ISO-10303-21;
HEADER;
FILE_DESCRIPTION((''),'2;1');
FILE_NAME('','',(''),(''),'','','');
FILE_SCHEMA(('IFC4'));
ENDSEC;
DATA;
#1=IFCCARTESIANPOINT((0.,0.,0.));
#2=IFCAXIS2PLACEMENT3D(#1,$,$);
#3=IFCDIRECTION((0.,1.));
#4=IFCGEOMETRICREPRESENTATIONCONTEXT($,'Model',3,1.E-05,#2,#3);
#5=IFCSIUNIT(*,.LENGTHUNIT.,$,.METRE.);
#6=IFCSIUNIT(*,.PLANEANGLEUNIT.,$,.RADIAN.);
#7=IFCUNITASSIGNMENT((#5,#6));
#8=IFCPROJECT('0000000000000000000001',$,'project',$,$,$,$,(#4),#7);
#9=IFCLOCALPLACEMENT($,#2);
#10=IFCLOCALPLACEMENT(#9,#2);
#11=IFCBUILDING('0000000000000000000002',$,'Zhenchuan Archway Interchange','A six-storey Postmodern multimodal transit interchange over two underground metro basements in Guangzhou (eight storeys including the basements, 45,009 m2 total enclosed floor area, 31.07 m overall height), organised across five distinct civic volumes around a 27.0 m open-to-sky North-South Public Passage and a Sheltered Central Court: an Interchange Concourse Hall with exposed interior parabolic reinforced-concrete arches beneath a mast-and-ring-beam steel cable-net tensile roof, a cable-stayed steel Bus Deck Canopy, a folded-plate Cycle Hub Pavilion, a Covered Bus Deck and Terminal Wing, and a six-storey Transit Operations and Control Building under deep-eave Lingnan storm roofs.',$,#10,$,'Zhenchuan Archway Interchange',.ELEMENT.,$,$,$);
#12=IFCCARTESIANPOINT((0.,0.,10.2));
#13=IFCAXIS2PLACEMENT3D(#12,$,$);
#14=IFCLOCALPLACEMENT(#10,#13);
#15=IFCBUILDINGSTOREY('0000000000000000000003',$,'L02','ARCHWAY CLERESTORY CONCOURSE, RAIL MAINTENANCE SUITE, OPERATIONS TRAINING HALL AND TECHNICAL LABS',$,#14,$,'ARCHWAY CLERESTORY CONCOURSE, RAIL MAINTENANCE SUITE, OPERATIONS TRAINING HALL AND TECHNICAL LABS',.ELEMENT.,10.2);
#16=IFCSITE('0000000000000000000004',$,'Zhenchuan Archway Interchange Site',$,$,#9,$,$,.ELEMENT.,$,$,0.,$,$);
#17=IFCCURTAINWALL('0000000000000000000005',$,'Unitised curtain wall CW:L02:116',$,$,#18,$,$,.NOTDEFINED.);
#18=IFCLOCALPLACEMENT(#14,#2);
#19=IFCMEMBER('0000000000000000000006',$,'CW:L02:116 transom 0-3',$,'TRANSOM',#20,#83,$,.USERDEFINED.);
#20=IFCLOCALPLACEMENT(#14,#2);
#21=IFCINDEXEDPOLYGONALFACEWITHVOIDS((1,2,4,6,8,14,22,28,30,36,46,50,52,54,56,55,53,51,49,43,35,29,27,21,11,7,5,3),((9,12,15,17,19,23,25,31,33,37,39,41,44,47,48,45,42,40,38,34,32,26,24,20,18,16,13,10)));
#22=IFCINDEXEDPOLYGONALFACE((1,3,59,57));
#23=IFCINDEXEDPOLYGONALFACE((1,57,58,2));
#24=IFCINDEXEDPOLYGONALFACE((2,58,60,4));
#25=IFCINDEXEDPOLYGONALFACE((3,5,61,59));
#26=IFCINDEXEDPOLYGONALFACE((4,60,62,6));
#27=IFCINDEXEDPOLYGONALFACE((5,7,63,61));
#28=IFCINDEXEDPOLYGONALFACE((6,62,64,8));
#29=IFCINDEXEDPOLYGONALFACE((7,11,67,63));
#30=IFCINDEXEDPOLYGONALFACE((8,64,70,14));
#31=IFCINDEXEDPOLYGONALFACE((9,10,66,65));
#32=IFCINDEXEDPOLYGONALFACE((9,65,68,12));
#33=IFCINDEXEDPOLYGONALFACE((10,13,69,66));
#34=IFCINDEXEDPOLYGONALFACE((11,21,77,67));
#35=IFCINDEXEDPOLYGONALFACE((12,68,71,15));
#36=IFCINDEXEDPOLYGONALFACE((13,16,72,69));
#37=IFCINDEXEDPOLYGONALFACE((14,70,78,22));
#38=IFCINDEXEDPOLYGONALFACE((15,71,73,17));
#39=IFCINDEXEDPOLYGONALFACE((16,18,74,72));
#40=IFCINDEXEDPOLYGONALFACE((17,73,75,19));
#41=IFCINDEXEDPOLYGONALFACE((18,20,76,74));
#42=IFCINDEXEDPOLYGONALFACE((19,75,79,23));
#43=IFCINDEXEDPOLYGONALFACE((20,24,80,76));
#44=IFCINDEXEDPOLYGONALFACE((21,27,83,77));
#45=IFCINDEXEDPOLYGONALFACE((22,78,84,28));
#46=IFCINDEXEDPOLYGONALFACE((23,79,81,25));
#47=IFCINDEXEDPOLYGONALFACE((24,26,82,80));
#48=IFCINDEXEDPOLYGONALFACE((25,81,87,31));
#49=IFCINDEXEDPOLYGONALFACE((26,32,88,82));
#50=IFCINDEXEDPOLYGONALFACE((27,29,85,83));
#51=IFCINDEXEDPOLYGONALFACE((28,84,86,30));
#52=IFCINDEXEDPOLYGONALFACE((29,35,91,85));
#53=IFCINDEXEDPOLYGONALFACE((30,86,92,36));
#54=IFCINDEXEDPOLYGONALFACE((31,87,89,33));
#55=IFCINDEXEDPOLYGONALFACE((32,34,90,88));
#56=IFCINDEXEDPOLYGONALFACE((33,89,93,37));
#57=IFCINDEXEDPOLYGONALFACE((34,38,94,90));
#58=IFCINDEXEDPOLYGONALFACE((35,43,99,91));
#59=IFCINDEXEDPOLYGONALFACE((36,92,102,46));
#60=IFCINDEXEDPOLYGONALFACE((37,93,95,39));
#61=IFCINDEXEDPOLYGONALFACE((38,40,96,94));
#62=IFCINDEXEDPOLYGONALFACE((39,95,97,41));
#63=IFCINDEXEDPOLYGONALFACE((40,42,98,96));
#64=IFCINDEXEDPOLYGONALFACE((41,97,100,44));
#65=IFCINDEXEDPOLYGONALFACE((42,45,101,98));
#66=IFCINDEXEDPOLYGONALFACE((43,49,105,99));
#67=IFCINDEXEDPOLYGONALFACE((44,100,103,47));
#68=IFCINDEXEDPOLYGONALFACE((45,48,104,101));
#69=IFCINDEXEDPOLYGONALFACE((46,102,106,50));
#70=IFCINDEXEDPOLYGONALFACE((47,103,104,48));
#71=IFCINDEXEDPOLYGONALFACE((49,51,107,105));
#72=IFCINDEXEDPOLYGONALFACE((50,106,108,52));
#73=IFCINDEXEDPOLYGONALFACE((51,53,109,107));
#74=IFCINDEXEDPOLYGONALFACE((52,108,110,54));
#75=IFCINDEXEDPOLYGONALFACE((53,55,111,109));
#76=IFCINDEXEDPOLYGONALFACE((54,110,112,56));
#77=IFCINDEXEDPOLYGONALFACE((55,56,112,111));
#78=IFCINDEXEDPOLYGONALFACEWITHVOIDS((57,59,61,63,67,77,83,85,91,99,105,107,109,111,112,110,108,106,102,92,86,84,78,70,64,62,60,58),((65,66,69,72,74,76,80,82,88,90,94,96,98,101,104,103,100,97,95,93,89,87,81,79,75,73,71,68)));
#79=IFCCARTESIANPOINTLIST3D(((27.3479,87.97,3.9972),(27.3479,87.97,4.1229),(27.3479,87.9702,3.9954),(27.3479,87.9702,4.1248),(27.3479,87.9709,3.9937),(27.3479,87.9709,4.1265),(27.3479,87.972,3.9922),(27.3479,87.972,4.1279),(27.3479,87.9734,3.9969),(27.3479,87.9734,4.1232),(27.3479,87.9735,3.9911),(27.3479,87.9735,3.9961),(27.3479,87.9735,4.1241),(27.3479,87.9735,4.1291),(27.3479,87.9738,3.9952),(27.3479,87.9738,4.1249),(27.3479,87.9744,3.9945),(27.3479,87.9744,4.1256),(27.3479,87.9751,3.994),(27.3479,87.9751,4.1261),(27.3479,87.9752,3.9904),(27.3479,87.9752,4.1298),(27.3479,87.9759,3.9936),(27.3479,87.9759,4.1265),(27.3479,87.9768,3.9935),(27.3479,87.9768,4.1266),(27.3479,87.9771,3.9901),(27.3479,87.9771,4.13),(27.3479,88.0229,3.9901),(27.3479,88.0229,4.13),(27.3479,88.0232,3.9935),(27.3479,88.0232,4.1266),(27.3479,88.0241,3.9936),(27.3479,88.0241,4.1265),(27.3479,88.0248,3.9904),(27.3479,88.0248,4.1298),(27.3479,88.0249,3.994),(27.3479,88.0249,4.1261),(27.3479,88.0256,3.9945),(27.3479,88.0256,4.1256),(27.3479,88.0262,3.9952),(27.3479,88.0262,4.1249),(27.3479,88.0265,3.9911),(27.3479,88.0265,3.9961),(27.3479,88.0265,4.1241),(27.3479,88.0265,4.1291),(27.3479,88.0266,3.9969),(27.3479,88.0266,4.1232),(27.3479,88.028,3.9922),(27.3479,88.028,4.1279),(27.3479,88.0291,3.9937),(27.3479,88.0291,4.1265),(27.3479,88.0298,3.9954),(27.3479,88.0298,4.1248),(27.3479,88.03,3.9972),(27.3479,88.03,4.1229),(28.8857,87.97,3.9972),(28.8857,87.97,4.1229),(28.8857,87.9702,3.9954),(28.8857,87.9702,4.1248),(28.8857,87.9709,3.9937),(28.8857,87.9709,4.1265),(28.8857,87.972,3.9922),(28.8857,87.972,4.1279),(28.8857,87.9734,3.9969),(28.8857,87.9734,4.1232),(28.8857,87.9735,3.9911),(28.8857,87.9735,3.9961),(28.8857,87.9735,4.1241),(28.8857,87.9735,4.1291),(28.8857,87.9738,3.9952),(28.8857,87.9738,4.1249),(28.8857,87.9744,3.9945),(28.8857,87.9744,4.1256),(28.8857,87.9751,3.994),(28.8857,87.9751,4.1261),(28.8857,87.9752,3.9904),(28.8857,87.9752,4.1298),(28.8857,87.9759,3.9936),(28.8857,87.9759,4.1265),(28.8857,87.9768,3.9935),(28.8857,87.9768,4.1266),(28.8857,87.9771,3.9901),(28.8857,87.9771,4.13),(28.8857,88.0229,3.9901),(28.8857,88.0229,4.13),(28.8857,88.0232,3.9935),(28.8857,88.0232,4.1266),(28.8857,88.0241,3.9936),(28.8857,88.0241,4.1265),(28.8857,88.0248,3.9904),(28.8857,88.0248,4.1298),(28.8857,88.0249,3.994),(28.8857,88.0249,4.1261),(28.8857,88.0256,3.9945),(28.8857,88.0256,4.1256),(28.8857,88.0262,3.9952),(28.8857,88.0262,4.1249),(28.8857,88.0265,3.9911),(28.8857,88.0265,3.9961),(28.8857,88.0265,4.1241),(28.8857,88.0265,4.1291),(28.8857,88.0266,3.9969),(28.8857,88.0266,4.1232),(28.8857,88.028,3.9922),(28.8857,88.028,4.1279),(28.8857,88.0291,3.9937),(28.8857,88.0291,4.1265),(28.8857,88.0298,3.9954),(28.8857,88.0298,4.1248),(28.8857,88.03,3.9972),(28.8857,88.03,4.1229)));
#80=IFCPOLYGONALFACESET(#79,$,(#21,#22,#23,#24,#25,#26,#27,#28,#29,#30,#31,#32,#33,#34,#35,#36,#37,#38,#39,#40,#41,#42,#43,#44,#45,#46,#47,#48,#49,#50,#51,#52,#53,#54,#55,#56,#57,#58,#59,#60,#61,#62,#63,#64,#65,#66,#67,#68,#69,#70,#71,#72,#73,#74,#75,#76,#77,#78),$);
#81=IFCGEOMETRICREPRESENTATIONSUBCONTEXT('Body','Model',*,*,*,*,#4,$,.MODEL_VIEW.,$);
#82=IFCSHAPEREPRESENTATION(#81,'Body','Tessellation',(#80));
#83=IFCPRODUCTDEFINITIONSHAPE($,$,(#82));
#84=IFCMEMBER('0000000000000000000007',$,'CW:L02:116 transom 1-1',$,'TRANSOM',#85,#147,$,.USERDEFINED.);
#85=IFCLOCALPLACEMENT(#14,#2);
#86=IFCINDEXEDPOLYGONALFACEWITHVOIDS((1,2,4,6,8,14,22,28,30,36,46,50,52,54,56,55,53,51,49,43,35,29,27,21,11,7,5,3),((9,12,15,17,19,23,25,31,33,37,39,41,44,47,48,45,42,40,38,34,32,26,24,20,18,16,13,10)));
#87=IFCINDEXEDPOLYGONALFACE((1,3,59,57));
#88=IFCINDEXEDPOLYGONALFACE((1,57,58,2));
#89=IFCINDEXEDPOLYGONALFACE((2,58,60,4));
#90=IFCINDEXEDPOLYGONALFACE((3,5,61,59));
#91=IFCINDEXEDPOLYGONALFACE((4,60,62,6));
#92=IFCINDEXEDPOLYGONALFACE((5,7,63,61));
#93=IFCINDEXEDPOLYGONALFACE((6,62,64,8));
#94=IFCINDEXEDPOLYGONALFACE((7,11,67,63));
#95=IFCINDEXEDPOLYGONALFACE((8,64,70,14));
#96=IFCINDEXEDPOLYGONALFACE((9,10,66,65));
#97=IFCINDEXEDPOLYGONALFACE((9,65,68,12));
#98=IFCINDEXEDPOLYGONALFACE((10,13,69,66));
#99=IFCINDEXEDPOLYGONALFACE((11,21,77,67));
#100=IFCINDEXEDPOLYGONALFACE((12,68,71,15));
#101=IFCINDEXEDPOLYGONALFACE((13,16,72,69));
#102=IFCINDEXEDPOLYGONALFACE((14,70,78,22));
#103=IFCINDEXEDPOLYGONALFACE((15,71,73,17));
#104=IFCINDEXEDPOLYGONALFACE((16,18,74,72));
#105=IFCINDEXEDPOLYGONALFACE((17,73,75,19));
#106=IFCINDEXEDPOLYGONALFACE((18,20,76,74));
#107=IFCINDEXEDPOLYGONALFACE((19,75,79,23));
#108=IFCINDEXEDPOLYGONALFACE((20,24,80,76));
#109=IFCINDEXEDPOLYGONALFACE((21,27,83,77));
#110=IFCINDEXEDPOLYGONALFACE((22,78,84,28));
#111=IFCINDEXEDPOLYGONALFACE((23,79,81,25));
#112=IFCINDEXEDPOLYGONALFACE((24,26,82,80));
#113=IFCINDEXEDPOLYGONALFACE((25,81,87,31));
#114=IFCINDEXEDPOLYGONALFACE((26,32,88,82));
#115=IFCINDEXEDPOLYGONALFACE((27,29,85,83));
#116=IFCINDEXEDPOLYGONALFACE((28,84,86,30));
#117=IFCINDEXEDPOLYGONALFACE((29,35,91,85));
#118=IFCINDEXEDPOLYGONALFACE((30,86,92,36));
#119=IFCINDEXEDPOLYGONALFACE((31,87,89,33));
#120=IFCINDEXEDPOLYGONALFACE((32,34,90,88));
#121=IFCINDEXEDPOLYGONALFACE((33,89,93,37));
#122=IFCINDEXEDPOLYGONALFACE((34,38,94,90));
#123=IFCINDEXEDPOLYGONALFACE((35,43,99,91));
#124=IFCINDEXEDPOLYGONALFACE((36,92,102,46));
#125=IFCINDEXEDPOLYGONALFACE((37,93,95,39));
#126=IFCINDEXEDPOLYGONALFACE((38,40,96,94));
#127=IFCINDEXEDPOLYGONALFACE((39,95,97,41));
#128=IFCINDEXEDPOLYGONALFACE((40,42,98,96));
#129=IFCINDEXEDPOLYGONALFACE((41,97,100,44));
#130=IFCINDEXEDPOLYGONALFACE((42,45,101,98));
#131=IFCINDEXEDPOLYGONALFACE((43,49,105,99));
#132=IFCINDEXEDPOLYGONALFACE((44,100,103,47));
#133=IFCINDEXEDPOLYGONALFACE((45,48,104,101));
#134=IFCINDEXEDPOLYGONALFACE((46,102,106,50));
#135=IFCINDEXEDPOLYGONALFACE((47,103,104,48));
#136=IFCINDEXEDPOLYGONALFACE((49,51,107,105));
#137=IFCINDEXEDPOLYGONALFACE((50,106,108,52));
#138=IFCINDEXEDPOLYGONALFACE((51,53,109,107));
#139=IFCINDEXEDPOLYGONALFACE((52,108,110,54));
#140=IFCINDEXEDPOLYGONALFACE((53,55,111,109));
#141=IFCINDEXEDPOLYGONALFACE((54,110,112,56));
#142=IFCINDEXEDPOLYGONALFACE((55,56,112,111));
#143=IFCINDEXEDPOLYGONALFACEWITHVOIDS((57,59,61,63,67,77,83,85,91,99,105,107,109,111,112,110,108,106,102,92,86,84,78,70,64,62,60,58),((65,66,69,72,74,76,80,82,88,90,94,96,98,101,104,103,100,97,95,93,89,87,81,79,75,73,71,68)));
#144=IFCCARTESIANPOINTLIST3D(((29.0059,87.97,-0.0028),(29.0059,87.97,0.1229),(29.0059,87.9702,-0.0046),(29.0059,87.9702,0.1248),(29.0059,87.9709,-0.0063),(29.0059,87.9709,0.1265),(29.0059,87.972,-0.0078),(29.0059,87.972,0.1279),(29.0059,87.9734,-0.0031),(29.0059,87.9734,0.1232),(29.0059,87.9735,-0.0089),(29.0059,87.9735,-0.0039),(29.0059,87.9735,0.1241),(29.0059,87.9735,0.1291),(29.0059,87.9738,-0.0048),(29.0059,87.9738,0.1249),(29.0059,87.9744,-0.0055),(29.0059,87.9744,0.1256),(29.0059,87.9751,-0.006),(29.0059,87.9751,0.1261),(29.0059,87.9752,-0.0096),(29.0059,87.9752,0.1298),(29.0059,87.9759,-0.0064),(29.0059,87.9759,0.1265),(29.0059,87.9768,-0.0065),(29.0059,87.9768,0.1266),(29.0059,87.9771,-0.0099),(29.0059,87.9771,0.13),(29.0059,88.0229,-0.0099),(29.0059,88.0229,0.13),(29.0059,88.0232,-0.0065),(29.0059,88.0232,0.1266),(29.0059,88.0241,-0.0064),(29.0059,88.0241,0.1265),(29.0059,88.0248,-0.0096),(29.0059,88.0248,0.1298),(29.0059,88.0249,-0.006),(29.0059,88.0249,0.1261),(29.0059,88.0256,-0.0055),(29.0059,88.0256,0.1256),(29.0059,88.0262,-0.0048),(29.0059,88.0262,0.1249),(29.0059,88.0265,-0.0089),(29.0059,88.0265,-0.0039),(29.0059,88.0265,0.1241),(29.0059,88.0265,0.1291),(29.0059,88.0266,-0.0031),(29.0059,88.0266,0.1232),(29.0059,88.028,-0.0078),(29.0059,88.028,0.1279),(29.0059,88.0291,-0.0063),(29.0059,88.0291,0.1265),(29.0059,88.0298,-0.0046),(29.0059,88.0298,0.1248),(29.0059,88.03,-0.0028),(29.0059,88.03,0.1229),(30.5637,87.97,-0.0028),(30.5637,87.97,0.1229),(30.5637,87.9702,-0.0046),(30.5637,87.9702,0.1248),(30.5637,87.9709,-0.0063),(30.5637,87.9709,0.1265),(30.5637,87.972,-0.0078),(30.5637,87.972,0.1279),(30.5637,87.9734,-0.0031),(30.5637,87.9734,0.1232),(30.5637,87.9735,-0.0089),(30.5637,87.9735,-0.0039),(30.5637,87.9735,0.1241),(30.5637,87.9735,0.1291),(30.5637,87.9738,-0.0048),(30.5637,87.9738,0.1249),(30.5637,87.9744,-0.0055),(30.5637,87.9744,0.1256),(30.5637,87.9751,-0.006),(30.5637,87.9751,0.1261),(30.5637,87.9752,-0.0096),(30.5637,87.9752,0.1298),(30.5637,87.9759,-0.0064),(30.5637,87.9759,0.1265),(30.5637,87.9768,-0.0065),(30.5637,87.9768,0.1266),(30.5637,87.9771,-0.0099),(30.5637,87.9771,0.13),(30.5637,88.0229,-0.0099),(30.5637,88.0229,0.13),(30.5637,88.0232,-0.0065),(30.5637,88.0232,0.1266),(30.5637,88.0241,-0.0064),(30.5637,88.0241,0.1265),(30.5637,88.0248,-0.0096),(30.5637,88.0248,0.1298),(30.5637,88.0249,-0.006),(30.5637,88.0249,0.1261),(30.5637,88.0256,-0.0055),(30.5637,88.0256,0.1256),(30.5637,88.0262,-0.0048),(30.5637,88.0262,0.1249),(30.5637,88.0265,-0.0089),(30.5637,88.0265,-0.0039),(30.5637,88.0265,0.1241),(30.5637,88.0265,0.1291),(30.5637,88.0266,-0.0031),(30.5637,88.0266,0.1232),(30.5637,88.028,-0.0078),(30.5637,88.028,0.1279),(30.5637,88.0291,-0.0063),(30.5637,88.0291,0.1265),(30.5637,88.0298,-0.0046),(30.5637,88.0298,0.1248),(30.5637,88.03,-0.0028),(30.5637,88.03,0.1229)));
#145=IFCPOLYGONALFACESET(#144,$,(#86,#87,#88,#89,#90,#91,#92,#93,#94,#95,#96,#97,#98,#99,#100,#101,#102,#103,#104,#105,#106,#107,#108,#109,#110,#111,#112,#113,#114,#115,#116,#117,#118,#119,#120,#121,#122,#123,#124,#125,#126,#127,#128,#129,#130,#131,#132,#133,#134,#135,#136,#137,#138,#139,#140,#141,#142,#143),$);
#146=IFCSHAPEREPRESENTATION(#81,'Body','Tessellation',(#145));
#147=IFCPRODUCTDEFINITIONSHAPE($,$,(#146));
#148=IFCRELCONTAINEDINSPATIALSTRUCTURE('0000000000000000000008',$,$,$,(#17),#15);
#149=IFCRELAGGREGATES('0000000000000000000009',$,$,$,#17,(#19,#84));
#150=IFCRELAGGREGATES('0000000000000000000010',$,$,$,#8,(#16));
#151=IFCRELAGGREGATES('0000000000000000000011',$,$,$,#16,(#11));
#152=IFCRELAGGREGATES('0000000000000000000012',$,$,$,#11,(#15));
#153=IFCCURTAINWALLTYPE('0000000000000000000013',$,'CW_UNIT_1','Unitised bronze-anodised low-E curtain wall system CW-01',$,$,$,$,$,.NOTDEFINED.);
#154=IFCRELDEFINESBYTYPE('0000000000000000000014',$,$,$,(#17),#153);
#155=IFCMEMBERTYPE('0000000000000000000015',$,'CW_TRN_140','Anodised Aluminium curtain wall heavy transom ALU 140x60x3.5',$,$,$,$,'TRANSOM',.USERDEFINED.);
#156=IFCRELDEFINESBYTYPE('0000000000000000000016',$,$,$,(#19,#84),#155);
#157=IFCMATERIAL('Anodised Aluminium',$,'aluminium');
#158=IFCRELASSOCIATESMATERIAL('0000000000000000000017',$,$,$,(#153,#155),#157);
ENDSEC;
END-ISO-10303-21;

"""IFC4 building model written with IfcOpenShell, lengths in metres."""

from ifc_helpers import new_model, si_unit, direction, frame, origin, origin_2d, place, context, subcontext, project, spatial, hollow_rectangle, extrude, material, material_profile, profile_set, type_object, element, aggregate, save


model = new_model("IFC4")

# Units and contexts
model_context = context("Model", 3, precision=1e-05, world=origin(), true_north=direction((0.0, 1.0)))
body_context = subcontext(model_context, "Body", "Model", "MODEL_VIEW")
ifc_project = project(units=[si_unit("LENGTHUNIT", "METRE"), si_unit("PLANEANGLEUNIT", "RADIAN")], contexts=[model_context])

# Site, building, storey
site_placement = place(None, origin())
site = spatial("IfcSite", under=ifc_project, at=site_placement, Name="Zhenchuan Archway Interchange Site", CompositionType="ELEMENT", RefElevation=0.0)
building_placement = place(site_placement, origin())
building = spatial("IfcBuilding", under=site, at=building_placement, Name="Zhenchuan Archway Interchange", Description="A six-storey Postmodern multimodal transit interchange over two underground metro basements in Guangzhou (eight storeys including the basements, 45,009 m2 total enclosed floor area, 31.07 m overall height), organised across five distinct civic volumes around a 27.0 m open-to-sky North-South Public Passage and a Sheltered Central Court: an Interchange Concourse Hall with exposed interior parabolic reinforced-concrete arches beneath a mast-and-ring-beam steel cable-net tensile roof, a cable-stayed steel Bus Deck Canopy, a folded-plate Cycle Hub Pavilion, a Covered Bus Deck and Terminal Wing, and a six-storey Transit Operations and Control Building under deep-eave Lingnan storm roofs.", LongName="Zhenchuan Archway Interchange", CompositionType="ELEMENT")
storey_placement = place(building_placement, frame((0.0, 0.0, 10.2)))
storey = spatial("IfcBuildingStorey", under=building, at=storey_placement, Name="L02", Description="ARCHWAY CLERESTORY CONCOURSE, RAIL MAINTENANCE SUITE, OPERATIONS TRAINING HALL AND TECHNICAL LABS", LongName="ARCHWAY CLERESTORY CONCOURSE, RAIL MAINTENANCE SUITE, OPERATIONS TRAINING HALL AND TECHNICAL LABS", CompositionType="ELEMENT", Elevation=10.2)

# Curtain wall, members
ifc_material_1 = material(Name="Anodised Aluminium", Category="aluminium")
curtain_wall_type = type_object("IfcCurtainWallType", Name="CW_UNIT_1", Description="Unitised bronze-anodised low-E curtain wall system CW-01", PredefinedType="NOTDEFINED", material=ifc_material_1)
curtain_wall_placement = place(storey_placement, origin())
curtain_wall = element("IfcCurtainWall", 1, at=curtain_wall_placement, inside=storey, type_object=curtain_wall_type, Name="Unitised curtain wall CW:L02:116", PredefinedType="NOTDEFINED")
ifc_material_profile_1 = material_profile(ifc_material_1, hollow_rectangle(XDim=0.0601, YDim=0.1399, WallThickness=0.0034, InnerFilletRadius=0.0034, OuterFilletRadius=0.0071, at=origin_2d()), Name="ALU 140x60x3.5")
ifc_profile_set_1 = profile_set([ifc_material_profile_1], Name="Anodised Aluminium")
member_type_1 = type_object("IfcMemberType", Name="CW_TRN_140", Description="Anodised Aluminium curtain wall heavy transom ALU 140x60x3.5", ElementType="TRANSOM", PredefinedType="USERDEFINED", material=ifc_profile_set_1)
member_1_placement = place(storey_placement, frame((27.3479, 88.0, 4.0601), z_axis=(1.0, 0.0, 0.0), x_axis=(0.0, 1.0, 0.0)))
member_1 = element("IfcMember", 2, at=member_1_placement, type_object=member_type_1, Name="CW:L02:116 transom 0-3", ObjectType="TRANSOM", PredefinedType="USERDEFINED", context=body_context, shape_type="SweptSolid", body=[
    extrude(hollow_rectangle(XDim=0.0601, YDim=0.1399, WallThickness=0.0034, InnerFilletRadius=0.0034, OuterFilletRadius=0.0071, at=origin_2d()), origin(), (0.0, 0.0, 1.0), 1.5378),
])
member_2_placement = place(storey_placement, frame((29.0059, 88.0, 0.0601), z_axis=(1.0, 0.0, 0.0), x_axis=(0.0, 1.0, 0.0)))
member_2 = element("IfcMember", 3, at=member_2_placement, type_object=member_type_1, Name="CW:L02:116 transom 1-1", ObjectType="TRANSOM", PredefinedType="USERDEFINED", context=body_context, shape_type="SweptSolid", body=[
    extrude(hollow_rectangle(XDim=0.0601, YDim=0.1399, WallThickness=0.0034, InnerFilletRadius=0.0034, OuterFilletRadius=0.0071, at=origin_2d()), origin(), (0.0, 0.0, 1.0), 1.5579),
])

aggregate(curtain_wall, [member_1, member_2])

save(model, "model.ifc")
